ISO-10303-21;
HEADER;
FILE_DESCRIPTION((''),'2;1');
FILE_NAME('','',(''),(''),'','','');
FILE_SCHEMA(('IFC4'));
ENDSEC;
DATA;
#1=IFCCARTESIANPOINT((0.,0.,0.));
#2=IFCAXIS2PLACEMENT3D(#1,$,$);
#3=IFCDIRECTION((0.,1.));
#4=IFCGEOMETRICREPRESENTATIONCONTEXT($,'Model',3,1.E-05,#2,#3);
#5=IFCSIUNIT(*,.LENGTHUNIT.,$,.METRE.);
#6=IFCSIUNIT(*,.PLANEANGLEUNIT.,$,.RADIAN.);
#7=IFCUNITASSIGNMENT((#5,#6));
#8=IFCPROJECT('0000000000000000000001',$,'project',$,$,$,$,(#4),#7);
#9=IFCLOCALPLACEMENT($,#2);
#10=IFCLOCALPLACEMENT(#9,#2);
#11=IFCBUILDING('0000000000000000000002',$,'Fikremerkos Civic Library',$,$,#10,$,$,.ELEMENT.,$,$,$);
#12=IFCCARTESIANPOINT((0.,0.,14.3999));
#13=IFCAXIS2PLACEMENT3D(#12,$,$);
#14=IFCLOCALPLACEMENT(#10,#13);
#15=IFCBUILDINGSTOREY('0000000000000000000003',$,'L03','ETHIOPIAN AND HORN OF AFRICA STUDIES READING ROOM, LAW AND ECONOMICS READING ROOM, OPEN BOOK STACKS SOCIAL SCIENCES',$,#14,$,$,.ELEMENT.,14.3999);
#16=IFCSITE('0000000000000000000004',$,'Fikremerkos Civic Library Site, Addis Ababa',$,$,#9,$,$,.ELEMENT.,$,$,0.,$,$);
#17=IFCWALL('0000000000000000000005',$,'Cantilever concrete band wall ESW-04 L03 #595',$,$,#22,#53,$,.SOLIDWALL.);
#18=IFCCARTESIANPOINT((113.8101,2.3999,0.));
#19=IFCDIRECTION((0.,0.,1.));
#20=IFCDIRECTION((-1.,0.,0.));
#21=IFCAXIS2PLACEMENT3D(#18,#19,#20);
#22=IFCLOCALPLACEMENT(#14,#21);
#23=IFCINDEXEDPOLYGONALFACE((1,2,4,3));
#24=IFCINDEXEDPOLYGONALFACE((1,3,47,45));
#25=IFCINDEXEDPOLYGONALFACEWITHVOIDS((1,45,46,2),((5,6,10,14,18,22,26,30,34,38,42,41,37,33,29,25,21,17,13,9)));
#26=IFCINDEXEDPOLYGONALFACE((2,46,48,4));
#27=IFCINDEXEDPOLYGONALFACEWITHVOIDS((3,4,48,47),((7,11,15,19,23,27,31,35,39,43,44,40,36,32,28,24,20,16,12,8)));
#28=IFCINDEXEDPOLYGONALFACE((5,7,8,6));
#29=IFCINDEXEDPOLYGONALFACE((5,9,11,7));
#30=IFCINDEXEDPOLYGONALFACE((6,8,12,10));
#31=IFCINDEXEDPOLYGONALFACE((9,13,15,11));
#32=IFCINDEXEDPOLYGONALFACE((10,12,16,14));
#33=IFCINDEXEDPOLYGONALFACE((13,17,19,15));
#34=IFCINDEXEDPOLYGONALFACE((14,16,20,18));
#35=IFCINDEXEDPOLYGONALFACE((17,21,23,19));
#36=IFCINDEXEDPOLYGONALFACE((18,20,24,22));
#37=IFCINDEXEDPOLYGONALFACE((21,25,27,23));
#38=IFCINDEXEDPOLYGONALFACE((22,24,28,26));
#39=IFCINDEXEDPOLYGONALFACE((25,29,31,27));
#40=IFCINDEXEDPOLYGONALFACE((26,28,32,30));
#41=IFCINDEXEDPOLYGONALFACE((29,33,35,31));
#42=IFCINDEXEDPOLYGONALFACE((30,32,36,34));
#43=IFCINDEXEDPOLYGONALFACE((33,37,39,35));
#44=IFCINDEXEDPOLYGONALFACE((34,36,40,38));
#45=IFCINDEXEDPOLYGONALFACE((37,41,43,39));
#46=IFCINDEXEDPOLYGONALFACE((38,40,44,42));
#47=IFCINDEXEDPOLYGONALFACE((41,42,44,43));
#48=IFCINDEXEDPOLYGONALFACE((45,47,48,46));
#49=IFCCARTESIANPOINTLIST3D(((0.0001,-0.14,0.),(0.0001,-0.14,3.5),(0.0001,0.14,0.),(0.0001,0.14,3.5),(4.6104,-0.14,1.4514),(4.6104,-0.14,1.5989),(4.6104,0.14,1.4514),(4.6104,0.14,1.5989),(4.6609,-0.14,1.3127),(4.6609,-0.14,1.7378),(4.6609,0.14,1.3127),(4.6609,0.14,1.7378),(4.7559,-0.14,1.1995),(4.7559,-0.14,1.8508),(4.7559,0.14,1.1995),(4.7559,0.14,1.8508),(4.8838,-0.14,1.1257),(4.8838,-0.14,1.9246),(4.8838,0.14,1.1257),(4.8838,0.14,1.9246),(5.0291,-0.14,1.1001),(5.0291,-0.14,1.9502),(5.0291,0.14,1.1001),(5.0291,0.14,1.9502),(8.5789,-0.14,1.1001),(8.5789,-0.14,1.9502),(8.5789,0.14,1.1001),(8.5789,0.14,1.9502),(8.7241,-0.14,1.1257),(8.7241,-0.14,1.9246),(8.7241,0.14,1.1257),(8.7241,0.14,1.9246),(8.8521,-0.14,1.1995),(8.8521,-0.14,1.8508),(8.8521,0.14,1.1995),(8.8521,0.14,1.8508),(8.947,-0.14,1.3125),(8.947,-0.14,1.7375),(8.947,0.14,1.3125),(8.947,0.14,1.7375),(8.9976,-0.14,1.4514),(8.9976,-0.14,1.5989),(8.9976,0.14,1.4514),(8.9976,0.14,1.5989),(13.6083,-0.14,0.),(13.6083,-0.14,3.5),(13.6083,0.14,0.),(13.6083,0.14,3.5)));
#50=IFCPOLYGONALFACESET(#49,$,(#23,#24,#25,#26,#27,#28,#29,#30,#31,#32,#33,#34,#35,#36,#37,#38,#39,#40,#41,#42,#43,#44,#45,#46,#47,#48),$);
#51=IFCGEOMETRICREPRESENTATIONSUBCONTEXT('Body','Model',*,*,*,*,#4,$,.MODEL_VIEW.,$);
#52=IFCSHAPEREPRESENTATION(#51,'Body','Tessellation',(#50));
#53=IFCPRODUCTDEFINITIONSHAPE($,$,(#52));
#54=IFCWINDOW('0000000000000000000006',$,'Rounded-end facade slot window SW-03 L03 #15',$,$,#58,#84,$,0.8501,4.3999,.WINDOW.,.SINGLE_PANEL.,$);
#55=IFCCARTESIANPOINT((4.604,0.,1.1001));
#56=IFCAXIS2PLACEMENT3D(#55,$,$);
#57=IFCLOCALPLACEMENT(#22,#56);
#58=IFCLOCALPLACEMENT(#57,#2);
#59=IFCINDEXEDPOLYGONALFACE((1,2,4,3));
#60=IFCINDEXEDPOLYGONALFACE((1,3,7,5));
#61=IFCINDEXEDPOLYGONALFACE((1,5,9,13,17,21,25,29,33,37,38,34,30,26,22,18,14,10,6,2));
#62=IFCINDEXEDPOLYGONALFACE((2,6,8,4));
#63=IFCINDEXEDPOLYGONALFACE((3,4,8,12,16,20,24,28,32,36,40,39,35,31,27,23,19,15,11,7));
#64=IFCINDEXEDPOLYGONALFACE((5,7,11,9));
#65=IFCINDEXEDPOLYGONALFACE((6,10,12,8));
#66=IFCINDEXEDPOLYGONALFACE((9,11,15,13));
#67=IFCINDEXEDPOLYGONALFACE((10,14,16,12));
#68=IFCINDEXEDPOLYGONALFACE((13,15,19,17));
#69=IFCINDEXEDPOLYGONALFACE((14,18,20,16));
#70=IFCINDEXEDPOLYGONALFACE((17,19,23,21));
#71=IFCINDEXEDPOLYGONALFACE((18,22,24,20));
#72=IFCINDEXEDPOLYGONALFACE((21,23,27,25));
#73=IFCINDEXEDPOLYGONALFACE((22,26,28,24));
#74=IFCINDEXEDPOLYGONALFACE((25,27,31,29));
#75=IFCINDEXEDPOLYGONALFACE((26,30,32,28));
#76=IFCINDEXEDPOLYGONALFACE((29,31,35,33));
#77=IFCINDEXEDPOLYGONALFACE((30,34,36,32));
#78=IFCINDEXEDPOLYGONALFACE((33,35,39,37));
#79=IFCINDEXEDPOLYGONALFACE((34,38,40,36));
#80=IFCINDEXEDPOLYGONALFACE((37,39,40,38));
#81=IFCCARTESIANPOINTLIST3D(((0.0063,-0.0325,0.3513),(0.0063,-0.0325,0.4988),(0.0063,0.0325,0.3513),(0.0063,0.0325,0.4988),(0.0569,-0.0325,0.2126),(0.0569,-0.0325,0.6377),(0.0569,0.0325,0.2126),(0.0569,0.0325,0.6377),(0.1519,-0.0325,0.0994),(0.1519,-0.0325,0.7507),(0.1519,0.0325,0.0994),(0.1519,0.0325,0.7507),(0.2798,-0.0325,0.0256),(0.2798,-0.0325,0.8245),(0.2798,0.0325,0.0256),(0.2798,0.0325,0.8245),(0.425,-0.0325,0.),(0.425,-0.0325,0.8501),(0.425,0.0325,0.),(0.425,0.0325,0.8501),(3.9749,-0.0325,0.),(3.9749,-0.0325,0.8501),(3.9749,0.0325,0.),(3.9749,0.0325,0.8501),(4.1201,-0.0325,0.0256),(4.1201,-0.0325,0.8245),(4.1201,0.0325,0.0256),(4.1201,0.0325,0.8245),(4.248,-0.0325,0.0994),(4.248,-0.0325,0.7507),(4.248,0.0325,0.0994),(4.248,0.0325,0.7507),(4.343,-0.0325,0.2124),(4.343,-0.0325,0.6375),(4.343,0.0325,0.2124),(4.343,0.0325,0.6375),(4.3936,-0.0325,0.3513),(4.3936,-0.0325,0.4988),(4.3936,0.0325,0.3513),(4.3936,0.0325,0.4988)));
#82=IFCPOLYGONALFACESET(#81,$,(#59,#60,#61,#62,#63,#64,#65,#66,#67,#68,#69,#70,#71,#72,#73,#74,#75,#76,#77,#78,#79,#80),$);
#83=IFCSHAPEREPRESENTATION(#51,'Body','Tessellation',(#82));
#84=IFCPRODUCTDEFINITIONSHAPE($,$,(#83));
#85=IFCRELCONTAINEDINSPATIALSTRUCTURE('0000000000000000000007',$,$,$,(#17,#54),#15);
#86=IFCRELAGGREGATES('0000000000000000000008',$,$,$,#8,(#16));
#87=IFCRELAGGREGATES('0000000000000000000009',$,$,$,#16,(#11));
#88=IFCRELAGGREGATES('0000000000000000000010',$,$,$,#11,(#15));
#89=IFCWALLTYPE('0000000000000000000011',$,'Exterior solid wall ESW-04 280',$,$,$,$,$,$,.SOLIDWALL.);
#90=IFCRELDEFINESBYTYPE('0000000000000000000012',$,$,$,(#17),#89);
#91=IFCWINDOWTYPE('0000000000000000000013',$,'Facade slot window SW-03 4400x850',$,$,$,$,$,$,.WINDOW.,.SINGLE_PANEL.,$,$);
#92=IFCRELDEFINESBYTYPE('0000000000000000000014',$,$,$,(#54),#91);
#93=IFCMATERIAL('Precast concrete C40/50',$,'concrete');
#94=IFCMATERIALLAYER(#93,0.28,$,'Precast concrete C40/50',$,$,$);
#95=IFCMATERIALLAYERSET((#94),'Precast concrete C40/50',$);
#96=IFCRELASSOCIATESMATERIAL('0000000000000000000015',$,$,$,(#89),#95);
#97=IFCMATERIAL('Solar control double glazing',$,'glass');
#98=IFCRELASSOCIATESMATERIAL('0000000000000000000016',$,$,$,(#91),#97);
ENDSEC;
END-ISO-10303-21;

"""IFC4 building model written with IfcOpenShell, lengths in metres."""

from ifc_helpers import new_model, si_unit, direction, frame, frame_2d, origin, place, context, subcontext, project, spatial, polyline, rectangle, outline, extrude, material, layer, layer_set, type_object, element, fill, save


model = new_model("IFC4")

# Units and contexts
model_context = context("Model", 3, precision=1e-05, world=origin(), true_north=direction((0.0, 1.0)))
body_context = subcontext(model_context, "Body", "Model", "MODEL_VIEW")
ifc_project = project(units=[si_unit("LENGTHUNIT", "METRE"), si_unit("PLANEANGLEUNIT", "RADIAN")], contexts=[model_context])

# Site, building, storey
site_placement = place(None, origin())
site = spatial("IfcSite", under=ifc_project, at=site_placement, Name="Fikremerkos Civic Library Site, Addis Ababa", CompositionType="ELEMENT", RefElevation=0.0)
building_placement = place(site_placement, origin())
building = spatial("IfcBuilding", under=site, at=building_placement, Name="Fikremerkos Civic Library", CompositionType="ELEMENT")
storey_placement = place(building_placement, frame((0.0, 0.0, 14.3999)))
storey = spatial("IfcBuildingStorey", under=building, at=storey_placement, Name="L03", Description="ETHIOPIAN AND HORN OF AFRICA STUDIES READING ROOM, LAW AND ECONOMICS READING ROOM, OPEN BOOK STACKS SOCIAL SCIENCES", CompositionType="ELEMENT", Elevation=14.3999)

# Shared definitions
ifc_material_1 = material(Name="Precast concrete C40/50", Category="concrete")

# Shared definitions
ifc_layer_1 = layer(ifc_material_1, 0.28, Name="Precast concrete C40/50")
ifc_layer_set_1 = layer_set([ifc_layer_1], Name="Precast concrete C40/50")
wall_type_1 = type_object("IfcWallType", Name="Exterior solid wall ESW-04 280", PredefinedType="SOLIDWALL", material=ifc_layer_set_1)

# Wall, opening, window
wall_1_placement = place(storey_placement, frame((113.8101, 2.3999, 0.0), z_axis=(0.0, 0.0, 1.0), x_axis=(-1.0, 0.0, 0.0)))
wall_1 = element("IfcWall", 1, at=wall_1_placement, inside=storey, type_object=wall_type_1, Name="Cantilever concrete band wall ESW-04 L03 #595", PredefinedType="SOLIDWALL", context=body_context, shape_type="SweptSolid", body=[
    extrude(rectangle(XDim=13.6082, YDim=0.28, at=frame_2d((6.8042, 0.0))), origin(), (0.0, 0.0, 1.0), 3.5),
])
opening_1_placement = place(wall_1_placement, frame((4.604, 0.0, 1.1001)))
opening_1 = element("IfcOpeningElement", 2, at=opening_1_placement, cuts=wall_1, PredefinedType="OPENING", context=body_context, shape_type="SweptSolid", body=[
    extrude(outline(polyline([(0.425, 0.8501), (0.2798, 0.8245), (0.1519, 0.7507), (0.0569, 0.6377), (0.0063, 0.4988), (0.0063, 0.3513), (0.0569, 0.2126), (0.1519, 0.0994), (0.2798, 0.0256), (0.425, 0.0), (3.9749, 0.0), (4.1201, 0.0256), (4.248, 0.0994), (4.343, 0.2124), (4.3936, 0.3513), (4.3936, 0.4988), (4.343, 0.6375), (4.248, 0.7507), (4.1201, 0.8245), (3.9749, 0.8501), (0.425, 0.8501)])), frame((0.0, 0.1499, 0.0), z_axis=(0.0, -1.0, 0.0), x_axis=(1.0, 0.0, 0.0)), (0.0, 0.0, 1.0), 0.3),
])
ifc_material_2 = material(Name="Solar control double glazing", Category="glass")
window_type = type_object("IfcWindowType", Name="Facade slot window SW-03 4400x850", PartitioningType="SINGLE_PANEL", PredefinedType="WINDOW", material=ifc_material_2)
window_placement = place(opening_1_placement, origin())
window = element("IfcWindow", 3, at=window_placement, inside=storey, type_object=window_type, Name="Rounded-end facade slot window SW-03 L03 #15", OverallHeight=0.8501, OverallWidth=4.3999, PartitioningType="SINGLE_PANEL", PredefinedType="WINDOW", context=body_context, shape_type="SweptSolid", body=[
    extrude(outline(polyline([(0.425, 0.8501), (0.2798, 0.8245), (0.1519, 0.7507), (0.0569, 0.6377), (0.0063, 0.4988), (0.0063, 0.3513), (0.0569, 0.2126), (0.1519, 0.0994), (0.2798, 0.0256), (0.425, 0.0), (3.9749, 0.0), (4.1201, 0.0256), (4.248, 0.0994), (4.343, 0.2124), (4.3936, 0.3513), (4.3936, 0.4988), (4.343, 0.6375), (4.248, 0.7507), (4.1201, 0.8245), (3.9749, 0.8501), (0.425, 0.8501)])), frame((0.0, 0.0325, 0.0), z_axis=(0.0, -1.0, 0.0), x_axis=(1.0, 0.0, 0.0)), (0.0, 0.0, 1.0), 0.0649),
])
fill(opening_1, window)

save(model, "model.ifc")
